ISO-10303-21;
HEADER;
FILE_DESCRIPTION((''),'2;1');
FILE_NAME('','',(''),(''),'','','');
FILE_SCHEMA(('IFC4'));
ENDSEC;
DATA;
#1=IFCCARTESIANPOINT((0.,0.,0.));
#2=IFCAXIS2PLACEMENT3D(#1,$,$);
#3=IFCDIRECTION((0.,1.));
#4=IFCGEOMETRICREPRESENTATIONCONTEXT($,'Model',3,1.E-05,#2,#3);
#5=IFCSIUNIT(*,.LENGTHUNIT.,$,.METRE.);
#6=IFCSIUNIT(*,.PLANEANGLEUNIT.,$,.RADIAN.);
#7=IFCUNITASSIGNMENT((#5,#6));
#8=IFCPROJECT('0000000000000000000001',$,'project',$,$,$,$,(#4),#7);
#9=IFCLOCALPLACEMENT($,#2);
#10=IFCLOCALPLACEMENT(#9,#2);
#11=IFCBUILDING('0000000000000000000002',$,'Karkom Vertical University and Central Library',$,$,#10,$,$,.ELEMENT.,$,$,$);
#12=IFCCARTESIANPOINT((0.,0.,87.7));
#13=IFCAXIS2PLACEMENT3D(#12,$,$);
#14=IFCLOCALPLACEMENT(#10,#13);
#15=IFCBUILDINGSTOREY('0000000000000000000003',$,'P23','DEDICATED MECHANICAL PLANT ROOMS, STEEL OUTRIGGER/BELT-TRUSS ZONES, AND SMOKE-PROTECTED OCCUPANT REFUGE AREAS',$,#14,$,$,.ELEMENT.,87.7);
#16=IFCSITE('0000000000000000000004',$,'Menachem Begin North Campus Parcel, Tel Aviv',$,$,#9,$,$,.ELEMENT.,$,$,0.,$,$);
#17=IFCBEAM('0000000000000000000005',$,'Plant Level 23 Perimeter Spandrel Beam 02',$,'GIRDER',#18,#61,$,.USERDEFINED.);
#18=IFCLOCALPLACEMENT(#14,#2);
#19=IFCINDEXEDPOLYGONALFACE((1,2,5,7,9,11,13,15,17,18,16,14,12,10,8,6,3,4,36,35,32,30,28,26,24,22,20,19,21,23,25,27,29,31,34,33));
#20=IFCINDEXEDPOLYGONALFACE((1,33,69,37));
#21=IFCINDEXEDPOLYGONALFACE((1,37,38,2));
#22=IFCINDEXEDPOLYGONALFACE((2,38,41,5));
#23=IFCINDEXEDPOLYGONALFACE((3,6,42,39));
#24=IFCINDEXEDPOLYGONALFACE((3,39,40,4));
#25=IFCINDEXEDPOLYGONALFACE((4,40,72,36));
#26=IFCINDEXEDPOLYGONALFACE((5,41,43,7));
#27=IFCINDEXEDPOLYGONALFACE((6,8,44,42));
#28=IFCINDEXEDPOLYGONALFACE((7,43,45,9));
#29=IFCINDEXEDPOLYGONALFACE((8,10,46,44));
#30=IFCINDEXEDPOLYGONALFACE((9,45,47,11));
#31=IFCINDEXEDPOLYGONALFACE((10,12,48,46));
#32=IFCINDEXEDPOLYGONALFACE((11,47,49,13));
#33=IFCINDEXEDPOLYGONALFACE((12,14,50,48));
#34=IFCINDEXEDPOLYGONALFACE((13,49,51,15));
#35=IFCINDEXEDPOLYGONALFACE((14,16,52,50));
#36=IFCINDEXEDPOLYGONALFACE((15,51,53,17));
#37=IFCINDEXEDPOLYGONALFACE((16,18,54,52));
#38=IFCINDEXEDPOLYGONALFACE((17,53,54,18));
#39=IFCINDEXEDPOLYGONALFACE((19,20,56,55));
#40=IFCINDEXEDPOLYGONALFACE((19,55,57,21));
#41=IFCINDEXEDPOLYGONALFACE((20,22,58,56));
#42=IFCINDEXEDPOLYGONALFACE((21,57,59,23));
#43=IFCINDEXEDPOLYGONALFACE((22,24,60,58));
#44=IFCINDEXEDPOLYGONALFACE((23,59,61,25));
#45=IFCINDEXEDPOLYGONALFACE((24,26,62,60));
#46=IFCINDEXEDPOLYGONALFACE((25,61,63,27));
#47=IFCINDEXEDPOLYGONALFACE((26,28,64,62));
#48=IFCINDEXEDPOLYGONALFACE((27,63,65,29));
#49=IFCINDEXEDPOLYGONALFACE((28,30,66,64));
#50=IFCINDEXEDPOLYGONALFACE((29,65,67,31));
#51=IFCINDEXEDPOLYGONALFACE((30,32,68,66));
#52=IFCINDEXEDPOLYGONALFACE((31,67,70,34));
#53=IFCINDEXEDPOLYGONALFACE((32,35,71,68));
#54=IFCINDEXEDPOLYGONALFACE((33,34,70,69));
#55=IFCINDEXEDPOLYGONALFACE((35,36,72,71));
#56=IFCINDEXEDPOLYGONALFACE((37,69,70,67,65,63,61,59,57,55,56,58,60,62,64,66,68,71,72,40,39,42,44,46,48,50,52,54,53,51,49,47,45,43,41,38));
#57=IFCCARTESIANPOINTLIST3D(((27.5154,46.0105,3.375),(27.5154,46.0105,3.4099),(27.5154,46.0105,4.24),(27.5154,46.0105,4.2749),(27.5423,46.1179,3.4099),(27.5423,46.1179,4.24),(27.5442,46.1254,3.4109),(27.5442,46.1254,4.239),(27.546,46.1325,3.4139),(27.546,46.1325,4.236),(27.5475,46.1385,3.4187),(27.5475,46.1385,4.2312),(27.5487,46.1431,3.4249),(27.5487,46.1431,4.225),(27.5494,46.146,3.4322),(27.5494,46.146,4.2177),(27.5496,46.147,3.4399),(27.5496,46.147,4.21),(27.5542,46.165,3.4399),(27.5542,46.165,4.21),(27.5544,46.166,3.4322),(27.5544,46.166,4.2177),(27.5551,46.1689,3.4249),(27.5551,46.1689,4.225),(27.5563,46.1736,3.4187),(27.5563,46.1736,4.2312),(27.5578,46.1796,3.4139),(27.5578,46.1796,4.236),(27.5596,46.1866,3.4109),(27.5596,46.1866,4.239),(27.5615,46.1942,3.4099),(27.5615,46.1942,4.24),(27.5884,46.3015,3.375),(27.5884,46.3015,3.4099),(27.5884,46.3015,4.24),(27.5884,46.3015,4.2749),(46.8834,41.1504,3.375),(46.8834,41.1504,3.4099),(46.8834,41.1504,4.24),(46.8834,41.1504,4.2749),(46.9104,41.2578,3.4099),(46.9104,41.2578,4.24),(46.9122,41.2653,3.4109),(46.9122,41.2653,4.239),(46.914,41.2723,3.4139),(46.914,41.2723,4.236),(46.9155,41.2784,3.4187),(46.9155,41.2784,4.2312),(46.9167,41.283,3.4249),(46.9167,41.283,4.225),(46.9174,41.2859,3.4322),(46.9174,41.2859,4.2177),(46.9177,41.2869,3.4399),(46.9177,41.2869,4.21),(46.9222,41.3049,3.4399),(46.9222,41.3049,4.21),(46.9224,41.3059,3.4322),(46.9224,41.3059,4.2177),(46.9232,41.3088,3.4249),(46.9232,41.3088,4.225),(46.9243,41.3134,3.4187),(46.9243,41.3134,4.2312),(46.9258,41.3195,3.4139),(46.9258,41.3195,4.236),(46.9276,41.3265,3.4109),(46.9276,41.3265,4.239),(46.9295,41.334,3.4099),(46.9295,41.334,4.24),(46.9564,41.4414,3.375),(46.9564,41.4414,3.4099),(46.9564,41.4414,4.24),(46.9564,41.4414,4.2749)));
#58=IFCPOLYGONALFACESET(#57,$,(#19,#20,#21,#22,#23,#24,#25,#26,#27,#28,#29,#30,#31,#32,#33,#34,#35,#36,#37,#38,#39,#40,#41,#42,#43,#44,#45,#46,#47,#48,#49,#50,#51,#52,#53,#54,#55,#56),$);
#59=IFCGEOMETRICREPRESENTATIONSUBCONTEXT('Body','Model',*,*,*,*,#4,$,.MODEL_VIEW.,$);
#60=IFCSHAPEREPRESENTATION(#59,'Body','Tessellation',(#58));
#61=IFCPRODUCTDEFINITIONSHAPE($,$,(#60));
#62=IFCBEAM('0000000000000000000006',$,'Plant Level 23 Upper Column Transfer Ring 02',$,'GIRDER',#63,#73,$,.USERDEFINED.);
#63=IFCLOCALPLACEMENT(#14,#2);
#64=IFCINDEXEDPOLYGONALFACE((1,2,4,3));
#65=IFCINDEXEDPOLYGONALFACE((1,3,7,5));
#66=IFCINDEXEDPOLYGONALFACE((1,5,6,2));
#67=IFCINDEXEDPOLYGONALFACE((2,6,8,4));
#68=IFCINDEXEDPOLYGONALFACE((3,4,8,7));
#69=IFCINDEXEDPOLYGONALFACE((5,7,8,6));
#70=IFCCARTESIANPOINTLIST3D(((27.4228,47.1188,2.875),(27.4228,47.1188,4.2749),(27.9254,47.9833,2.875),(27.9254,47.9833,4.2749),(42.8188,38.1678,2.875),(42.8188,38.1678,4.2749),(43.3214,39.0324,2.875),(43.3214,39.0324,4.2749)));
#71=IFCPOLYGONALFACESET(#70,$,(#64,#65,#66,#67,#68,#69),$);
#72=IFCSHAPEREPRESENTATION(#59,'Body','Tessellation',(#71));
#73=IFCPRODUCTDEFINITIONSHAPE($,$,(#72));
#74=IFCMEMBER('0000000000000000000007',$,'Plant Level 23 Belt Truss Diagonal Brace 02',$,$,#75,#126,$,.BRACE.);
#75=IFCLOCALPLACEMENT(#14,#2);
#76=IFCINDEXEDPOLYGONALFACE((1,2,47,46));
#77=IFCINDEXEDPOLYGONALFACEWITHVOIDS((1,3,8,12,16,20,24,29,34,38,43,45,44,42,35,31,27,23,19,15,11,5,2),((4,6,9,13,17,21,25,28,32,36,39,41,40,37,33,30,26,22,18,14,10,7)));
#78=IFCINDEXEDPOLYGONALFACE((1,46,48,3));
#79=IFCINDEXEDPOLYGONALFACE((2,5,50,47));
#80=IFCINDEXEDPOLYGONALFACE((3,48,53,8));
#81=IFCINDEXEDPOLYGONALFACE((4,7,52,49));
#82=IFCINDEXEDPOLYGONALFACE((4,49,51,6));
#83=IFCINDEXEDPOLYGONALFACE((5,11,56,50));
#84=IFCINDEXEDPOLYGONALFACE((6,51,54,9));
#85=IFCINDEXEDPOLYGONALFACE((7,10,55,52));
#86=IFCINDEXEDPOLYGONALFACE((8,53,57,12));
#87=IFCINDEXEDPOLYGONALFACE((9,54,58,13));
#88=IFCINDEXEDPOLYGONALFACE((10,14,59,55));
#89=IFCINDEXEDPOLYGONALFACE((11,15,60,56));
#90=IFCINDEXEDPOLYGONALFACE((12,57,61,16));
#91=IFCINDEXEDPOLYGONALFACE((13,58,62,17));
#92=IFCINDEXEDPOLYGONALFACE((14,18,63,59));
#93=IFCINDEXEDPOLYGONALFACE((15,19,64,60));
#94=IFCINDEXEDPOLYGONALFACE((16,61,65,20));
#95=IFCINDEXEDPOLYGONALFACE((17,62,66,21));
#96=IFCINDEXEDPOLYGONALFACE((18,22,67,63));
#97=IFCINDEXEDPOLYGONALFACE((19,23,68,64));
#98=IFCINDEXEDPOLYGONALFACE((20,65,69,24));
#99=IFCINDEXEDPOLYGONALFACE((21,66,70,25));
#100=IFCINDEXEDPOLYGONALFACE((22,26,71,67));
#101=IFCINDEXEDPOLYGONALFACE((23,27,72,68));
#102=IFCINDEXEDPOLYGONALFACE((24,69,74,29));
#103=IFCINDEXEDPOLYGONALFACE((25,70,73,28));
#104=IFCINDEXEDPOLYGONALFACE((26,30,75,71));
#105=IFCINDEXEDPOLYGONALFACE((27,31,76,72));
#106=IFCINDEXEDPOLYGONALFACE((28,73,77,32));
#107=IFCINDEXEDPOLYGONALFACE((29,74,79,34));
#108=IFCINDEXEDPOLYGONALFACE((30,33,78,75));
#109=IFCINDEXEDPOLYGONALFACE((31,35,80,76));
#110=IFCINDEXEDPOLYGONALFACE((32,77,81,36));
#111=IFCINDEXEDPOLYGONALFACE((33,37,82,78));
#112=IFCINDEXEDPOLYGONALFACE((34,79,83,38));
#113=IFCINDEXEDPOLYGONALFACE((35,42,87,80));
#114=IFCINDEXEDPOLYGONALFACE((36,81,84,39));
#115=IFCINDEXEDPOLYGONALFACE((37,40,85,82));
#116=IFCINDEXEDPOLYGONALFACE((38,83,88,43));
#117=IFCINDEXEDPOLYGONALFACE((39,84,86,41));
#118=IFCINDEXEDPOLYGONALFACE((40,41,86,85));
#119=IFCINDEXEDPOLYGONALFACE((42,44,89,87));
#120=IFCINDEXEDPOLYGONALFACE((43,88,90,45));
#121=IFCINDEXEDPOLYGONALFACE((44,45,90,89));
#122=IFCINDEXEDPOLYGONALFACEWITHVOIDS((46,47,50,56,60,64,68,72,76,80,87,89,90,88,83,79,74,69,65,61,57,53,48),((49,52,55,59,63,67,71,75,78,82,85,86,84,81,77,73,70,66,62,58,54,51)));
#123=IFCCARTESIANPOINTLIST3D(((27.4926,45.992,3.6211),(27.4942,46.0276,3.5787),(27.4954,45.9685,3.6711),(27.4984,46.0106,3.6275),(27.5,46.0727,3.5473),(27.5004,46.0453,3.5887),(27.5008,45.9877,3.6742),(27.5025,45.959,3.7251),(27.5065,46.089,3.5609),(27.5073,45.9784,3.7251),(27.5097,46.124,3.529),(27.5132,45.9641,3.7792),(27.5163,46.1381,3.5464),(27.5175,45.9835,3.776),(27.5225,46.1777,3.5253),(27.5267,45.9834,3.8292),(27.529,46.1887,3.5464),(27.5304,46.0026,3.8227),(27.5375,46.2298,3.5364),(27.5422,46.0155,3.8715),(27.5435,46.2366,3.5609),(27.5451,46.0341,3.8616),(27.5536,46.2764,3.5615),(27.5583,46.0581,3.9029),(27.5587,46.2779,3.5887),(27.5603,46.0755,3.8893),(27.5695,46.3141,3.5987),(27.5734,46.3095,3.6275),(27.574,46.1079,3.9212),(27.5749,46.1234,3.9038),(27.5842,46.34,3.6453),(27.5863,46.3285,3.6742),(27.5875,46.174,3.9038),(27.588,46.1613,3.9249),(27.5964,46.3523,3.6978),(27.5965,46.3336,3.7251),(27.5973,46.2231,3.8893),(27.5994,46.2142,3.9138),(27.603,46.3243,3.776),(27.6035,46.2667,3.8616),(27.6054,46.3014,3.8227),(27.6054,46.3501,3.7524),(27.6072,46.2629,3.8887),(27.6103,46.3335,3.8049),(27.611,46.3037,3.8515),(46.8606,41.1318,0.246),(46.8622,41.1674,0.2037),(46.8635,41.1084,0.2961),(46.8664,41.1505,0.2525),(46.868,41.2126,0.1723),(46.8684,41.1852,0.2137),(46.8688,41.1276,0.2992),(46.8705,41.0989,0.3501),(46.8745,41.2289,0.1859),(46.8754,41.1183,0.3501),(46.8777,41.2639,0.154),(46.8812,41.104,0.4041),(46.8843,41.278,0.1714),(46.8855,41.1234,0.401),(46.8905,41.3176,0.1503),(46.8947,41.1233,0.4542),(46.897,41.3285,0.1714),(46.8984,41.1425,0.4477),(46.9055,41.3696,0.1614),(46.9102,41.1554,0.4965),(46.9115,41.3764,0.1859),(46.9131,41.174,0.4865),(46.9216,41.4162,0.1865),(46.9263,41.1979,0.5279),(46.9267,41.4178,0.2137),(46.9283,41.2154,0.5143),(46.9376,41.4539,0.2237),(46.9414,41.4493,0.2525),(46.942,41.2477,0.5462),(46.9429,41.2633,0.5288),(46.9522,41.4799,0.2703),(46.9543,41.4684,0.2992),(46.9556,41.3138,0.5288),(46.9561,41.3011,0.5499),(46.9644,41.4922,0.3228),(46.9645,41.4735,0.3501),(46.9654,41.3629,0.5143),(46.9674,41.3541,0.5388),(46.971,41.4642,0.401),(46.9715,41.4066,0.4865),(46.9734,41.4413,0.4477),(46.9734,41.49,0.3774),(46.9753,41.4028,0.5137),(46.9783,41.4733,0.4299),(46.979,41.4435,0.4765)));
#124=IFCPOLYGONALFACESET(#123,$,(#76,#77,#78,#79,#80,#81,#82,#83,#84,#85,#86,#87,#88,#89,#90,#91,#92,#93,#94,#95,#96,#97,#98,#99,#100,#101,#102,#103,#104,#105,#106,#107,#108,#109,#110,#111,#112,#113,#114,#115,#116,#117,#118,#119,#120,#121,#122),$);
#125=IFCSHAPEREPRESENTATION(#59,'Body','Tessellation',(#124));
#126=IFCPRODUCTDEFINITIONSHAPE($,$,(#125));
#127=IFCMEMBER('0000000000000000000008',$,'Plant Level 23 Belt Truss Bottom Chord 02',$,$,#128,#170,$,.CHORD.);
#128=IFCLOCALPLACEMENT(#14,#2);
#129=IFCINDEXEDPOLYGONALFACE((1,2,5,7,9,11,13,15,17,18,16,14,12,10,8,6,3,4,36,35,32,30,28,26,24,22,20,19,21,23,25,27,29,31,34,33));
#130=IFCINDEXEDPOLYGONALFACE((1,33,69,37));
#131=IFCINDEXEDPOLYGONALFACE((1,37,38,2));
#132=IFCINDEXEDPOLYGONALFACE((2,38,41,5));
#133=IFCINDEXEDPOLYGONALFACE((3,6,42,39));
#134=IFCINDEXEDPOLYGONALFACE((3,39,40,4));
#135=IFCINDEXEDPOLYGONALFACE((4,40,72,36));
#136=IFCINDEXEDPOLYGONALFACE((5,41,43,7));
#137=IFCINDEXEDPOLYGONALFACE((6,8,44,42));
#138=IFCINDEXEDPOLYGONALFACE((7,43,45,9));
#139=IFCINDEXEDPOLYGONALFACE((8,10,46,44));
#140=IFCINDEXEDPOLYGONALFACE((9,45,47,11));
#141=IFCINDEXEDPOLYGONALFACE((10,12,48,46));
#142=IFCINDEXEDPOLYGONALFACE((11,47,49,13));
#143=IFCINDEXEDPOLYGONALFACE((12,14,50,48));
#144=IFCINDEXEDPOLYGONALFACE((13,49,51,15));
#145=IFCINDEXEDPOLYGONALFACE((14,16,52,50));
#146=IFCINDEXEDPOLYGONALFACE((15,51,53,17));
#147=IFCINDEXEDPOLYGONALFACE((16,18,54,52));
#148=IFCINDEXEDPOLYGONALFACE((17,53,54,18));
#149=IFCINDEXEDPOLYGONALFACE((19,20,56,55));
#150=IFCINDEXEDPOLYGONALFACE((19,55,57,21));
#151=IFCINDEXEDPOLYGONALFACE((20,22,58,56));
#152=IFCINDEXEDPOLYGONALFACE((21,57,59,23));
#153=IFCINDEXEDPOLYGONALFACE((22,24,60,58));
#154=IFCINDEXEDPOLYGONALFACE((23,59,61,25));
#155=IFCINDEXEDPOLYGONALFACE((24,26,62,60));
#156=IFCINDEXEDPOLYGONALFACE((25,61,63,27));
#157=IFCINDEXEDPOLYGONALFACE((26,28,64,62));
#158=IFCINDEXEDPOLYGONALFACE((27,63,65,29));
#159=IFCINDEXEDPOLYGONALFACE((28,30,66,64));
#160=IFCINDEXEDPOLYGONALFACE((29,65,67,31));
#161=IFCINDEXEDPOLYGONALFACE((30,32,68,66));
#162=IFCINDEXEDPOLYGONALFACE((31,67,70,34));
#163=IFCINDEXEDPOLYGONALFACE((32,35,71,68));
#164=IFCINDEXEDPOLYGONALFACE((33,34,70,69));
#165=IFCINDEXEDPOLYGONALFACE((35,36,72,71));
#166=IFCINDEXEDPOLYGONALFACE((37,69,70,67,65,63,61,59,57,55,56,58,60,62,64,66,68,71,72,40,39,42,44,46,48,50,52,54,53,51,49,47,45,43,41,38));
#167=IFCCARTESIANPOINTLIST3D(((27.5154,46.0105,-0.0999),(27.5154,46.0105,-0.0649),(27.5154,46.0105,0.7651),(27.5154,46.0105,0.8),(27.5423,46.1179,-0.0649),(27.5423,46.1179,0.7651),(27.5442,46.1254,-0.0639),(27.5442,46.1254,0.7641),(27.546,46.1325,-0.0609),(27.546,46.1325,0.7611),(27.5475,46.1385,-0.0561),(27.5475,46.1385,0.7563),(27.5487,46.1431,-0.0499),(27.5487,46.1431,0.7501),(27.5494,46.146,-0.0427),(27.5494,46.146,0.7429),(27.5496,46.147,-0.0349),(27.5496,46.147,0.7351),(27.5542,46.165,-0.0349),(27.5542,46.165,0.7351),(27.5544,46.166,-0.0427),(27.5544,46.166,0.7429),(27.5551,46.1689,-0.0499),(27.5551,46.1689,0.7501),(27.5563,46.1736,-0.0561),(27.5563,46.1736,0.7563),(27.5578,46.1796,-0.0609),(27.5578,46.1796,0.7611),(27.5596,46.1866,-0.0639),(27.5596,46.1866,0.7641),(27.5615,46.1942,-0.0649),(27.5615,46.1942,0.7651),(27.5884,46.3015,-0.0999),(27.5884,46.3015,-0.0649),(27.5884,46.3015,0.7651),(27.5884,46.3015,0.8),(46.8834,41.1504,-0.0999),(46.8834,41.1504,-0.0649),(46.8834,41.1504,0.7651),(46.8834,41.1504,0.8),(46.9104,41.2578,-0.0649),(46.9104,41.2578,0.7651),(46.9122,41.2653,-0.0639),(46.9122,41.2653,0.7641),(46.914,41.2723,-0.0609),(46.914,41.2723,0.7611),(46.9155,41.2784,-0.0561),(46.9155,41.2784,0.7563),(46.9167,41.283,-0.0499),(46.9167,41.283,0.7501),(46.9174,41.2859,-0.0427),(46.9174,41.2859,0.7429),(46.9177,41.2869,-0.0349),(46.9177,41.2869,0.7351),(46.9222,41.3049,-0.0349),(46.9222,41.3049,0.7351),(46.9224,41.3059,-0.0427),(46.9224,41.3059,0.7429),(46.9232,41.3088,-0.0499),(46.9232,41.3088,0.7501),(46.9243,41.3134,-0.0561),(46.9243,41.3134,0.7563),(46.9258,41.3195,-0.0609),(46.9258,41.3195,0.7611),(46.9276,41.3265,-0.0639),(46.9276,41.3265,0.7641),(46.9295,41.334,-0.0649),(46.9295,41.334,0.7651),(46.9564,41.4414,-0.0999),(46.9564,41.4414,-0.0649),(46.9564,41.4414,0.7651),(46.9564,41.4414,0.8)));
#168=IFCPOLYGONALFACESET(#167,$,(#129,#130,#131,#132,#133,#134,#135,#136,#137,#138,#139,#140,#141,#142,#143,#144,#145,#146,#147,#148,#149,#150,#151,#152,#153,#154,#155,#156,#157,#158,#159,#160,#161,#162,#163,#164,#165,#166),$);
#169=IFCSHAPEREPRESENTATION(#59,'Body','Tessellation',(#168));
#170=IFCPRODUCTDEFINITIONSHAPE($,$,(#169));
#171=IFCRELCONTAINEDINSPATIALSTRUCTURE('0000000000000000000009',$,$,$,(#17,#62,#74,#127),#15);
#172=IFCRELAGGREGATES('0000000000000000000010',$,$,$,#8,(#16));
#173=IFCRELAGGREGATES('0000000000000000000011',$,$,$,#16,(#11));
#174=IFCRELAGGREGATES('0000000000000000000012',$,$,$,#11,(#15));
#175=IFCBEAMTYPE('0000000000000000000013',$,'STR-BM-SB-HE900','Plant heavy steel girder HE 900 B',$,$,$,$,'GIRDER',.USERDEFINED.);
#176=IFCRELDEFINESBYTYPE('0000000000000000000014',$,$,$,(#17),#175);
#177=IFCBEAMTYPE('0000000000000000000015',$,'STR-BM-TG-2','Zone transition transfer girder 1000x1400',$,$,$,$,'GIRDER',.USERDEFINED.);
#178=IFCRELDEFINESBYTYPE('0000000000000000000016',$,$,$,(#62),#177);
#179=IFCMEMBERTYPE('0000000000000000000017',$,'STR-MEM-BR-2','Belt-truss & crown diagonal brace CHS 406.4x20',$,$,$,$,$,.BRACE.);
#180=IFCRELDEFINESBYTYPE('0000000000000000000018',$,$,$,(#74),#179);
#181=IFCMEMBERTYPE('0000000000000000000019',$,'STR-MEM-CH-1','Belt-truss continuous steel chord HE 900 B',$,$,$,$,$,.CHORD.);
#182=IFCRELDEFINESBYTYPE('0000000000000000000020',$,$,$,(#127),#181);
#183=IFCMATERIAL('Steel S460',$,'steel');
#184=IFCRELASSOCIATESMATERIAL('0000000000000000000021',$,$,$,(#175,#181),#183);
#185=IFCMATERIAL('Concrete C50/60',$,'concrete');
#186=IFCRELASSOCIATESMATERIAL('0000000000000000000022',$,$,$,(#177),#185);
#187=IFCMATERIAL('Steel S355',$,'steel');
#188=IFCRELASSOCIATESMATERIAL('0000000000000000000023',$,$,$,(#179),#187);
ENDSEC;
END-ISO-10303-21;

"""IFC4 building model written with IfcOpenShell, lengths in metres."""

from ifc_helpers import new_model, si_unit, direction, frame, origin, origin_with_axes, origin_2d, place, context, subcontext, project, spatial, rectangle, hollow_circle, i_section, extrude, source, transform, mapped, material, material_profile, profile_set, type_object, element, save


model = new_model("IFC4")

# Units and contexts
model_context = context("Model", 3, precision=1e-05, world=origin(), true_north=direction((0.0, 1.0)))
body_context = subcontext(model_context, "Body", "Model", "MODEL_VIEW")
ifc_project = project(units=[si_unit("LENGTHUNIT", "METRE"), si_unit("PLANEANGLEUNIT", "RADIAN")], contexts=[model_context])

# Site, building, storey
site_placement = place(None, origin())
site = spatial("IfcSite", under=ifc_project, at=site_placement, Name="Menachem Begin North Campus Parcel, Tel Aviv", CompositionType="ELEMENT", RefElevation=0.0)
building_placement = place(site_placement, origin())
building = spatial("IfcBuilding", under=site, at=building_placement, Name="Karkom Vertical University and Central Library", CompositionType="ELEMENT")
storey_placement = place(building_placement, frame((0.0, 0.0, 87.7)))
storey = spatial("IfcBuildingStorey", under=building, at=storey_placement, Name="P23", Description="DEDICATED MECHANICAL PLANT ROOMS, STEEL OUTRIGGER/BELT-TRUSS ZONES, AND SMOKE-PROTECTED OCCUPANT REFUGE AREAS", CompositionType="ELEMENT", Elevation=87.7)

# Shared definitions
ifc_material_1 = material(Name="Concrete C50/60", Category="concrete")

# Beams
ifc_material_2 = material(Name="Steel S355", Category="steel")
ifc_material_3 = material(Name="Steel S460", Category="steel")
ifc_material_profile_1 = material_profile(ifc_material_3, i_section(OverallWidth=0.3, OverallDepth=0.8999, WebThickness=0.0186, FlangeThickness=0.0349, FilletRadius=0.03, at=origin_2d()), Name="HE 900 B")
ifc_profile_set_1 = profile_set([ifc_material_profile_1], Name="Steel S460")
beam_type_1 = type_object("IfcBeamType", Name="STR-BM-SB-HE900", Description="Plant heavy steel girder HE 900 B", ElementType="GIRDER", PredefinedType="USERDEFINED", material=ifc_profile_set_1)
shared_shape_1 = source(origin_with_axes(), body_context, "Body", "SweptSolid", [
    extrude(i_section(OverallWidth=0.3, OverallDepth=0.8999, WebThickness=0.0186, FlangeThickness=0.0349, FilletRadius=0.03, at=origin_2d()), origin(), (0.0, 0.0, 1.0), 19.9685),
])
beam_1_placement = place(storey_placement, frame((46.9199, 41.2959, 3.825), z_axis=(-0.969929, 0.24339, 0.0), x_axis=(-0.24339, -0.969929, 0.0)))
element("IfcBeam", 1, at=beam_1_placement, inside=storey, type_object=beam_type_1, Name="Plant Level 23 Perimeter Spandrel Beam 02", ObjectType="GIRDER", PredefinedType="USERDEFINED", context=body_context, shape_type="MappedRepresentation", body=[
    mapped(shared_shape_1, transform((0.0, 0.0, 0.0), scale=1.0)),
])
ifc_material_profile_2 = material_profile(ifc_material_1, rectangle(XDim=1.0, YDim=1.3999, at=origin_2d()), Name="TG-1000x1400")
ifc_profile_set_2 = profile_set([ifc_material_profile_2], Name="Concrete C50/60")
beam_type_2 = type_object("IfcBeamType", Name="STR-BM-TG-2", Description="Zone transition transfer girder 1000x1400", ElementType="GIRDER", PredefinedType="USERDEFINED", material=ifc_profile_set_2)
shared_shape_2 = source(origin_with_axes(), body_context, "Body", "SweptSolid", [
    extrude(rectangle(XDim=1.0, YDim=1.3999, at=origin_2d()), origin(), (0.0, 0.0, 1.0), 17.8088),
])
beam_2_placement = place(storey_placement, frame((43.0701, 38.6001, 3.575), z_axis=(-0.864513, 0.502611, 0.0), x_axis=(-0.502611, -0.864513, 0.0)))
element("IfcBeam", 2, at=beam_2_placement, inside=storey, type_object=beam_type_2, Name="Plant Level 23 Upper Column Transfer Ring 02", ObjectType="GIRDER", PredefinedType="USERDEFINED", context=body_context, shape_type="MappedRepresentation", body=[
    mapped(shared_shape_2, transform((0.0, 0.0, 0.0), scale=1.0)),
])

# Members
ifc_material_profile_3 = material_profile(ifc_material_2, hollow_circle(Radius=0.2031, WallThickness=0.02, at=origin_2d()), Name="CHS 406.4x20")
ifc_profile_set_3 = profile_set([ifc_material_profile_3], Name="Steel S355")
member_type_1 = type_object("IfcMemberType", Name="STR-MEM-BR-2", Description="Belt-truss & crown diagonal brace CHS 406.4x20", PredefinedType="BRACE", material=ifc_profile_set_3)
shared_shape_3 = source(origin_with_axes(), body_context, "Body", "SweptSolid", [
    extrude(hollow_circle(Radius=0.2031, WallThickness=0.02, at=origin_2d()), origin(), (0.0, 0.0, 1.0), 20.2517),
])
member_1_placement = place(storey_placement, frame((46.9199, 41.2959, 0.3501), z_axis=(-0.956365, 0.239986, 0.166653), x_axis=(-0.24339, -0.969929, 0.0)))
element("IfcMember", 3, at=member_1_placement, inside=storey, type_object=member_type_1, Name="Plant Level 23 Belt Truss Diagonal Brace 02", PredefinedType="BRACE", context=body_context, shape_type="MappedRepresentation", body=[
    mapped(shared_shape_3, transform((0.0, 0.0, 0.0), scale=1.0)),
])
ifc_material_profile_4 = material_profile(ifc_material_3, i_section(OverallWidth=0.3, OverallDepth=0.8999, WebThickness=0.0186, FlangeThickness=0.0349, FilletRadius=0.03, at=origin_2d()), Name="HE 900 B")
ifc_profile_set_4 = profile_set([ifc_material_profile_4], Name="Steel S460")
member_type_2 = type_object("IfcMemberType", Name="STR-MEM-CH-1", Description="Belt-truss continuous steel chord HE 900 B", PredefinedType="CHORD", material=ifc_profile_set_4)
shared_shape_4 = source(origin_with_axes(), body_context, "Body", "SweptSolid", [
    extrude(i_section(OverallWidth=0.3, OverallDepth=0.8999, WebThickness=0.0186, FlangeThickness=0.0349, FilletRadius=0.03, at=origin_2d()), origin(), (0.0, 0.0, 1.0), 19.9685),
])
member_2_placement = place(storey_placement, frame((46.9199, 41.2959, 0.3501), z_axis=(-0.969929, 0.24339, 0.0), x_axis=(-0.24339, -0.969929, 0.0)))
element("IfcMember", 4, at=member_2_placement, inside=storey, type_object=member_type_2, Name="Plant Level 23 Belt Truss Bottom Chord 02", PredefinedType="CHORD", context=body_context, shape_type="MappedRepresentation", body=[
    mapped(shared_shape_4, transform((0.0, 0.0, 0.0), scale=1.0)),
])

save(model, "model.ifc")
